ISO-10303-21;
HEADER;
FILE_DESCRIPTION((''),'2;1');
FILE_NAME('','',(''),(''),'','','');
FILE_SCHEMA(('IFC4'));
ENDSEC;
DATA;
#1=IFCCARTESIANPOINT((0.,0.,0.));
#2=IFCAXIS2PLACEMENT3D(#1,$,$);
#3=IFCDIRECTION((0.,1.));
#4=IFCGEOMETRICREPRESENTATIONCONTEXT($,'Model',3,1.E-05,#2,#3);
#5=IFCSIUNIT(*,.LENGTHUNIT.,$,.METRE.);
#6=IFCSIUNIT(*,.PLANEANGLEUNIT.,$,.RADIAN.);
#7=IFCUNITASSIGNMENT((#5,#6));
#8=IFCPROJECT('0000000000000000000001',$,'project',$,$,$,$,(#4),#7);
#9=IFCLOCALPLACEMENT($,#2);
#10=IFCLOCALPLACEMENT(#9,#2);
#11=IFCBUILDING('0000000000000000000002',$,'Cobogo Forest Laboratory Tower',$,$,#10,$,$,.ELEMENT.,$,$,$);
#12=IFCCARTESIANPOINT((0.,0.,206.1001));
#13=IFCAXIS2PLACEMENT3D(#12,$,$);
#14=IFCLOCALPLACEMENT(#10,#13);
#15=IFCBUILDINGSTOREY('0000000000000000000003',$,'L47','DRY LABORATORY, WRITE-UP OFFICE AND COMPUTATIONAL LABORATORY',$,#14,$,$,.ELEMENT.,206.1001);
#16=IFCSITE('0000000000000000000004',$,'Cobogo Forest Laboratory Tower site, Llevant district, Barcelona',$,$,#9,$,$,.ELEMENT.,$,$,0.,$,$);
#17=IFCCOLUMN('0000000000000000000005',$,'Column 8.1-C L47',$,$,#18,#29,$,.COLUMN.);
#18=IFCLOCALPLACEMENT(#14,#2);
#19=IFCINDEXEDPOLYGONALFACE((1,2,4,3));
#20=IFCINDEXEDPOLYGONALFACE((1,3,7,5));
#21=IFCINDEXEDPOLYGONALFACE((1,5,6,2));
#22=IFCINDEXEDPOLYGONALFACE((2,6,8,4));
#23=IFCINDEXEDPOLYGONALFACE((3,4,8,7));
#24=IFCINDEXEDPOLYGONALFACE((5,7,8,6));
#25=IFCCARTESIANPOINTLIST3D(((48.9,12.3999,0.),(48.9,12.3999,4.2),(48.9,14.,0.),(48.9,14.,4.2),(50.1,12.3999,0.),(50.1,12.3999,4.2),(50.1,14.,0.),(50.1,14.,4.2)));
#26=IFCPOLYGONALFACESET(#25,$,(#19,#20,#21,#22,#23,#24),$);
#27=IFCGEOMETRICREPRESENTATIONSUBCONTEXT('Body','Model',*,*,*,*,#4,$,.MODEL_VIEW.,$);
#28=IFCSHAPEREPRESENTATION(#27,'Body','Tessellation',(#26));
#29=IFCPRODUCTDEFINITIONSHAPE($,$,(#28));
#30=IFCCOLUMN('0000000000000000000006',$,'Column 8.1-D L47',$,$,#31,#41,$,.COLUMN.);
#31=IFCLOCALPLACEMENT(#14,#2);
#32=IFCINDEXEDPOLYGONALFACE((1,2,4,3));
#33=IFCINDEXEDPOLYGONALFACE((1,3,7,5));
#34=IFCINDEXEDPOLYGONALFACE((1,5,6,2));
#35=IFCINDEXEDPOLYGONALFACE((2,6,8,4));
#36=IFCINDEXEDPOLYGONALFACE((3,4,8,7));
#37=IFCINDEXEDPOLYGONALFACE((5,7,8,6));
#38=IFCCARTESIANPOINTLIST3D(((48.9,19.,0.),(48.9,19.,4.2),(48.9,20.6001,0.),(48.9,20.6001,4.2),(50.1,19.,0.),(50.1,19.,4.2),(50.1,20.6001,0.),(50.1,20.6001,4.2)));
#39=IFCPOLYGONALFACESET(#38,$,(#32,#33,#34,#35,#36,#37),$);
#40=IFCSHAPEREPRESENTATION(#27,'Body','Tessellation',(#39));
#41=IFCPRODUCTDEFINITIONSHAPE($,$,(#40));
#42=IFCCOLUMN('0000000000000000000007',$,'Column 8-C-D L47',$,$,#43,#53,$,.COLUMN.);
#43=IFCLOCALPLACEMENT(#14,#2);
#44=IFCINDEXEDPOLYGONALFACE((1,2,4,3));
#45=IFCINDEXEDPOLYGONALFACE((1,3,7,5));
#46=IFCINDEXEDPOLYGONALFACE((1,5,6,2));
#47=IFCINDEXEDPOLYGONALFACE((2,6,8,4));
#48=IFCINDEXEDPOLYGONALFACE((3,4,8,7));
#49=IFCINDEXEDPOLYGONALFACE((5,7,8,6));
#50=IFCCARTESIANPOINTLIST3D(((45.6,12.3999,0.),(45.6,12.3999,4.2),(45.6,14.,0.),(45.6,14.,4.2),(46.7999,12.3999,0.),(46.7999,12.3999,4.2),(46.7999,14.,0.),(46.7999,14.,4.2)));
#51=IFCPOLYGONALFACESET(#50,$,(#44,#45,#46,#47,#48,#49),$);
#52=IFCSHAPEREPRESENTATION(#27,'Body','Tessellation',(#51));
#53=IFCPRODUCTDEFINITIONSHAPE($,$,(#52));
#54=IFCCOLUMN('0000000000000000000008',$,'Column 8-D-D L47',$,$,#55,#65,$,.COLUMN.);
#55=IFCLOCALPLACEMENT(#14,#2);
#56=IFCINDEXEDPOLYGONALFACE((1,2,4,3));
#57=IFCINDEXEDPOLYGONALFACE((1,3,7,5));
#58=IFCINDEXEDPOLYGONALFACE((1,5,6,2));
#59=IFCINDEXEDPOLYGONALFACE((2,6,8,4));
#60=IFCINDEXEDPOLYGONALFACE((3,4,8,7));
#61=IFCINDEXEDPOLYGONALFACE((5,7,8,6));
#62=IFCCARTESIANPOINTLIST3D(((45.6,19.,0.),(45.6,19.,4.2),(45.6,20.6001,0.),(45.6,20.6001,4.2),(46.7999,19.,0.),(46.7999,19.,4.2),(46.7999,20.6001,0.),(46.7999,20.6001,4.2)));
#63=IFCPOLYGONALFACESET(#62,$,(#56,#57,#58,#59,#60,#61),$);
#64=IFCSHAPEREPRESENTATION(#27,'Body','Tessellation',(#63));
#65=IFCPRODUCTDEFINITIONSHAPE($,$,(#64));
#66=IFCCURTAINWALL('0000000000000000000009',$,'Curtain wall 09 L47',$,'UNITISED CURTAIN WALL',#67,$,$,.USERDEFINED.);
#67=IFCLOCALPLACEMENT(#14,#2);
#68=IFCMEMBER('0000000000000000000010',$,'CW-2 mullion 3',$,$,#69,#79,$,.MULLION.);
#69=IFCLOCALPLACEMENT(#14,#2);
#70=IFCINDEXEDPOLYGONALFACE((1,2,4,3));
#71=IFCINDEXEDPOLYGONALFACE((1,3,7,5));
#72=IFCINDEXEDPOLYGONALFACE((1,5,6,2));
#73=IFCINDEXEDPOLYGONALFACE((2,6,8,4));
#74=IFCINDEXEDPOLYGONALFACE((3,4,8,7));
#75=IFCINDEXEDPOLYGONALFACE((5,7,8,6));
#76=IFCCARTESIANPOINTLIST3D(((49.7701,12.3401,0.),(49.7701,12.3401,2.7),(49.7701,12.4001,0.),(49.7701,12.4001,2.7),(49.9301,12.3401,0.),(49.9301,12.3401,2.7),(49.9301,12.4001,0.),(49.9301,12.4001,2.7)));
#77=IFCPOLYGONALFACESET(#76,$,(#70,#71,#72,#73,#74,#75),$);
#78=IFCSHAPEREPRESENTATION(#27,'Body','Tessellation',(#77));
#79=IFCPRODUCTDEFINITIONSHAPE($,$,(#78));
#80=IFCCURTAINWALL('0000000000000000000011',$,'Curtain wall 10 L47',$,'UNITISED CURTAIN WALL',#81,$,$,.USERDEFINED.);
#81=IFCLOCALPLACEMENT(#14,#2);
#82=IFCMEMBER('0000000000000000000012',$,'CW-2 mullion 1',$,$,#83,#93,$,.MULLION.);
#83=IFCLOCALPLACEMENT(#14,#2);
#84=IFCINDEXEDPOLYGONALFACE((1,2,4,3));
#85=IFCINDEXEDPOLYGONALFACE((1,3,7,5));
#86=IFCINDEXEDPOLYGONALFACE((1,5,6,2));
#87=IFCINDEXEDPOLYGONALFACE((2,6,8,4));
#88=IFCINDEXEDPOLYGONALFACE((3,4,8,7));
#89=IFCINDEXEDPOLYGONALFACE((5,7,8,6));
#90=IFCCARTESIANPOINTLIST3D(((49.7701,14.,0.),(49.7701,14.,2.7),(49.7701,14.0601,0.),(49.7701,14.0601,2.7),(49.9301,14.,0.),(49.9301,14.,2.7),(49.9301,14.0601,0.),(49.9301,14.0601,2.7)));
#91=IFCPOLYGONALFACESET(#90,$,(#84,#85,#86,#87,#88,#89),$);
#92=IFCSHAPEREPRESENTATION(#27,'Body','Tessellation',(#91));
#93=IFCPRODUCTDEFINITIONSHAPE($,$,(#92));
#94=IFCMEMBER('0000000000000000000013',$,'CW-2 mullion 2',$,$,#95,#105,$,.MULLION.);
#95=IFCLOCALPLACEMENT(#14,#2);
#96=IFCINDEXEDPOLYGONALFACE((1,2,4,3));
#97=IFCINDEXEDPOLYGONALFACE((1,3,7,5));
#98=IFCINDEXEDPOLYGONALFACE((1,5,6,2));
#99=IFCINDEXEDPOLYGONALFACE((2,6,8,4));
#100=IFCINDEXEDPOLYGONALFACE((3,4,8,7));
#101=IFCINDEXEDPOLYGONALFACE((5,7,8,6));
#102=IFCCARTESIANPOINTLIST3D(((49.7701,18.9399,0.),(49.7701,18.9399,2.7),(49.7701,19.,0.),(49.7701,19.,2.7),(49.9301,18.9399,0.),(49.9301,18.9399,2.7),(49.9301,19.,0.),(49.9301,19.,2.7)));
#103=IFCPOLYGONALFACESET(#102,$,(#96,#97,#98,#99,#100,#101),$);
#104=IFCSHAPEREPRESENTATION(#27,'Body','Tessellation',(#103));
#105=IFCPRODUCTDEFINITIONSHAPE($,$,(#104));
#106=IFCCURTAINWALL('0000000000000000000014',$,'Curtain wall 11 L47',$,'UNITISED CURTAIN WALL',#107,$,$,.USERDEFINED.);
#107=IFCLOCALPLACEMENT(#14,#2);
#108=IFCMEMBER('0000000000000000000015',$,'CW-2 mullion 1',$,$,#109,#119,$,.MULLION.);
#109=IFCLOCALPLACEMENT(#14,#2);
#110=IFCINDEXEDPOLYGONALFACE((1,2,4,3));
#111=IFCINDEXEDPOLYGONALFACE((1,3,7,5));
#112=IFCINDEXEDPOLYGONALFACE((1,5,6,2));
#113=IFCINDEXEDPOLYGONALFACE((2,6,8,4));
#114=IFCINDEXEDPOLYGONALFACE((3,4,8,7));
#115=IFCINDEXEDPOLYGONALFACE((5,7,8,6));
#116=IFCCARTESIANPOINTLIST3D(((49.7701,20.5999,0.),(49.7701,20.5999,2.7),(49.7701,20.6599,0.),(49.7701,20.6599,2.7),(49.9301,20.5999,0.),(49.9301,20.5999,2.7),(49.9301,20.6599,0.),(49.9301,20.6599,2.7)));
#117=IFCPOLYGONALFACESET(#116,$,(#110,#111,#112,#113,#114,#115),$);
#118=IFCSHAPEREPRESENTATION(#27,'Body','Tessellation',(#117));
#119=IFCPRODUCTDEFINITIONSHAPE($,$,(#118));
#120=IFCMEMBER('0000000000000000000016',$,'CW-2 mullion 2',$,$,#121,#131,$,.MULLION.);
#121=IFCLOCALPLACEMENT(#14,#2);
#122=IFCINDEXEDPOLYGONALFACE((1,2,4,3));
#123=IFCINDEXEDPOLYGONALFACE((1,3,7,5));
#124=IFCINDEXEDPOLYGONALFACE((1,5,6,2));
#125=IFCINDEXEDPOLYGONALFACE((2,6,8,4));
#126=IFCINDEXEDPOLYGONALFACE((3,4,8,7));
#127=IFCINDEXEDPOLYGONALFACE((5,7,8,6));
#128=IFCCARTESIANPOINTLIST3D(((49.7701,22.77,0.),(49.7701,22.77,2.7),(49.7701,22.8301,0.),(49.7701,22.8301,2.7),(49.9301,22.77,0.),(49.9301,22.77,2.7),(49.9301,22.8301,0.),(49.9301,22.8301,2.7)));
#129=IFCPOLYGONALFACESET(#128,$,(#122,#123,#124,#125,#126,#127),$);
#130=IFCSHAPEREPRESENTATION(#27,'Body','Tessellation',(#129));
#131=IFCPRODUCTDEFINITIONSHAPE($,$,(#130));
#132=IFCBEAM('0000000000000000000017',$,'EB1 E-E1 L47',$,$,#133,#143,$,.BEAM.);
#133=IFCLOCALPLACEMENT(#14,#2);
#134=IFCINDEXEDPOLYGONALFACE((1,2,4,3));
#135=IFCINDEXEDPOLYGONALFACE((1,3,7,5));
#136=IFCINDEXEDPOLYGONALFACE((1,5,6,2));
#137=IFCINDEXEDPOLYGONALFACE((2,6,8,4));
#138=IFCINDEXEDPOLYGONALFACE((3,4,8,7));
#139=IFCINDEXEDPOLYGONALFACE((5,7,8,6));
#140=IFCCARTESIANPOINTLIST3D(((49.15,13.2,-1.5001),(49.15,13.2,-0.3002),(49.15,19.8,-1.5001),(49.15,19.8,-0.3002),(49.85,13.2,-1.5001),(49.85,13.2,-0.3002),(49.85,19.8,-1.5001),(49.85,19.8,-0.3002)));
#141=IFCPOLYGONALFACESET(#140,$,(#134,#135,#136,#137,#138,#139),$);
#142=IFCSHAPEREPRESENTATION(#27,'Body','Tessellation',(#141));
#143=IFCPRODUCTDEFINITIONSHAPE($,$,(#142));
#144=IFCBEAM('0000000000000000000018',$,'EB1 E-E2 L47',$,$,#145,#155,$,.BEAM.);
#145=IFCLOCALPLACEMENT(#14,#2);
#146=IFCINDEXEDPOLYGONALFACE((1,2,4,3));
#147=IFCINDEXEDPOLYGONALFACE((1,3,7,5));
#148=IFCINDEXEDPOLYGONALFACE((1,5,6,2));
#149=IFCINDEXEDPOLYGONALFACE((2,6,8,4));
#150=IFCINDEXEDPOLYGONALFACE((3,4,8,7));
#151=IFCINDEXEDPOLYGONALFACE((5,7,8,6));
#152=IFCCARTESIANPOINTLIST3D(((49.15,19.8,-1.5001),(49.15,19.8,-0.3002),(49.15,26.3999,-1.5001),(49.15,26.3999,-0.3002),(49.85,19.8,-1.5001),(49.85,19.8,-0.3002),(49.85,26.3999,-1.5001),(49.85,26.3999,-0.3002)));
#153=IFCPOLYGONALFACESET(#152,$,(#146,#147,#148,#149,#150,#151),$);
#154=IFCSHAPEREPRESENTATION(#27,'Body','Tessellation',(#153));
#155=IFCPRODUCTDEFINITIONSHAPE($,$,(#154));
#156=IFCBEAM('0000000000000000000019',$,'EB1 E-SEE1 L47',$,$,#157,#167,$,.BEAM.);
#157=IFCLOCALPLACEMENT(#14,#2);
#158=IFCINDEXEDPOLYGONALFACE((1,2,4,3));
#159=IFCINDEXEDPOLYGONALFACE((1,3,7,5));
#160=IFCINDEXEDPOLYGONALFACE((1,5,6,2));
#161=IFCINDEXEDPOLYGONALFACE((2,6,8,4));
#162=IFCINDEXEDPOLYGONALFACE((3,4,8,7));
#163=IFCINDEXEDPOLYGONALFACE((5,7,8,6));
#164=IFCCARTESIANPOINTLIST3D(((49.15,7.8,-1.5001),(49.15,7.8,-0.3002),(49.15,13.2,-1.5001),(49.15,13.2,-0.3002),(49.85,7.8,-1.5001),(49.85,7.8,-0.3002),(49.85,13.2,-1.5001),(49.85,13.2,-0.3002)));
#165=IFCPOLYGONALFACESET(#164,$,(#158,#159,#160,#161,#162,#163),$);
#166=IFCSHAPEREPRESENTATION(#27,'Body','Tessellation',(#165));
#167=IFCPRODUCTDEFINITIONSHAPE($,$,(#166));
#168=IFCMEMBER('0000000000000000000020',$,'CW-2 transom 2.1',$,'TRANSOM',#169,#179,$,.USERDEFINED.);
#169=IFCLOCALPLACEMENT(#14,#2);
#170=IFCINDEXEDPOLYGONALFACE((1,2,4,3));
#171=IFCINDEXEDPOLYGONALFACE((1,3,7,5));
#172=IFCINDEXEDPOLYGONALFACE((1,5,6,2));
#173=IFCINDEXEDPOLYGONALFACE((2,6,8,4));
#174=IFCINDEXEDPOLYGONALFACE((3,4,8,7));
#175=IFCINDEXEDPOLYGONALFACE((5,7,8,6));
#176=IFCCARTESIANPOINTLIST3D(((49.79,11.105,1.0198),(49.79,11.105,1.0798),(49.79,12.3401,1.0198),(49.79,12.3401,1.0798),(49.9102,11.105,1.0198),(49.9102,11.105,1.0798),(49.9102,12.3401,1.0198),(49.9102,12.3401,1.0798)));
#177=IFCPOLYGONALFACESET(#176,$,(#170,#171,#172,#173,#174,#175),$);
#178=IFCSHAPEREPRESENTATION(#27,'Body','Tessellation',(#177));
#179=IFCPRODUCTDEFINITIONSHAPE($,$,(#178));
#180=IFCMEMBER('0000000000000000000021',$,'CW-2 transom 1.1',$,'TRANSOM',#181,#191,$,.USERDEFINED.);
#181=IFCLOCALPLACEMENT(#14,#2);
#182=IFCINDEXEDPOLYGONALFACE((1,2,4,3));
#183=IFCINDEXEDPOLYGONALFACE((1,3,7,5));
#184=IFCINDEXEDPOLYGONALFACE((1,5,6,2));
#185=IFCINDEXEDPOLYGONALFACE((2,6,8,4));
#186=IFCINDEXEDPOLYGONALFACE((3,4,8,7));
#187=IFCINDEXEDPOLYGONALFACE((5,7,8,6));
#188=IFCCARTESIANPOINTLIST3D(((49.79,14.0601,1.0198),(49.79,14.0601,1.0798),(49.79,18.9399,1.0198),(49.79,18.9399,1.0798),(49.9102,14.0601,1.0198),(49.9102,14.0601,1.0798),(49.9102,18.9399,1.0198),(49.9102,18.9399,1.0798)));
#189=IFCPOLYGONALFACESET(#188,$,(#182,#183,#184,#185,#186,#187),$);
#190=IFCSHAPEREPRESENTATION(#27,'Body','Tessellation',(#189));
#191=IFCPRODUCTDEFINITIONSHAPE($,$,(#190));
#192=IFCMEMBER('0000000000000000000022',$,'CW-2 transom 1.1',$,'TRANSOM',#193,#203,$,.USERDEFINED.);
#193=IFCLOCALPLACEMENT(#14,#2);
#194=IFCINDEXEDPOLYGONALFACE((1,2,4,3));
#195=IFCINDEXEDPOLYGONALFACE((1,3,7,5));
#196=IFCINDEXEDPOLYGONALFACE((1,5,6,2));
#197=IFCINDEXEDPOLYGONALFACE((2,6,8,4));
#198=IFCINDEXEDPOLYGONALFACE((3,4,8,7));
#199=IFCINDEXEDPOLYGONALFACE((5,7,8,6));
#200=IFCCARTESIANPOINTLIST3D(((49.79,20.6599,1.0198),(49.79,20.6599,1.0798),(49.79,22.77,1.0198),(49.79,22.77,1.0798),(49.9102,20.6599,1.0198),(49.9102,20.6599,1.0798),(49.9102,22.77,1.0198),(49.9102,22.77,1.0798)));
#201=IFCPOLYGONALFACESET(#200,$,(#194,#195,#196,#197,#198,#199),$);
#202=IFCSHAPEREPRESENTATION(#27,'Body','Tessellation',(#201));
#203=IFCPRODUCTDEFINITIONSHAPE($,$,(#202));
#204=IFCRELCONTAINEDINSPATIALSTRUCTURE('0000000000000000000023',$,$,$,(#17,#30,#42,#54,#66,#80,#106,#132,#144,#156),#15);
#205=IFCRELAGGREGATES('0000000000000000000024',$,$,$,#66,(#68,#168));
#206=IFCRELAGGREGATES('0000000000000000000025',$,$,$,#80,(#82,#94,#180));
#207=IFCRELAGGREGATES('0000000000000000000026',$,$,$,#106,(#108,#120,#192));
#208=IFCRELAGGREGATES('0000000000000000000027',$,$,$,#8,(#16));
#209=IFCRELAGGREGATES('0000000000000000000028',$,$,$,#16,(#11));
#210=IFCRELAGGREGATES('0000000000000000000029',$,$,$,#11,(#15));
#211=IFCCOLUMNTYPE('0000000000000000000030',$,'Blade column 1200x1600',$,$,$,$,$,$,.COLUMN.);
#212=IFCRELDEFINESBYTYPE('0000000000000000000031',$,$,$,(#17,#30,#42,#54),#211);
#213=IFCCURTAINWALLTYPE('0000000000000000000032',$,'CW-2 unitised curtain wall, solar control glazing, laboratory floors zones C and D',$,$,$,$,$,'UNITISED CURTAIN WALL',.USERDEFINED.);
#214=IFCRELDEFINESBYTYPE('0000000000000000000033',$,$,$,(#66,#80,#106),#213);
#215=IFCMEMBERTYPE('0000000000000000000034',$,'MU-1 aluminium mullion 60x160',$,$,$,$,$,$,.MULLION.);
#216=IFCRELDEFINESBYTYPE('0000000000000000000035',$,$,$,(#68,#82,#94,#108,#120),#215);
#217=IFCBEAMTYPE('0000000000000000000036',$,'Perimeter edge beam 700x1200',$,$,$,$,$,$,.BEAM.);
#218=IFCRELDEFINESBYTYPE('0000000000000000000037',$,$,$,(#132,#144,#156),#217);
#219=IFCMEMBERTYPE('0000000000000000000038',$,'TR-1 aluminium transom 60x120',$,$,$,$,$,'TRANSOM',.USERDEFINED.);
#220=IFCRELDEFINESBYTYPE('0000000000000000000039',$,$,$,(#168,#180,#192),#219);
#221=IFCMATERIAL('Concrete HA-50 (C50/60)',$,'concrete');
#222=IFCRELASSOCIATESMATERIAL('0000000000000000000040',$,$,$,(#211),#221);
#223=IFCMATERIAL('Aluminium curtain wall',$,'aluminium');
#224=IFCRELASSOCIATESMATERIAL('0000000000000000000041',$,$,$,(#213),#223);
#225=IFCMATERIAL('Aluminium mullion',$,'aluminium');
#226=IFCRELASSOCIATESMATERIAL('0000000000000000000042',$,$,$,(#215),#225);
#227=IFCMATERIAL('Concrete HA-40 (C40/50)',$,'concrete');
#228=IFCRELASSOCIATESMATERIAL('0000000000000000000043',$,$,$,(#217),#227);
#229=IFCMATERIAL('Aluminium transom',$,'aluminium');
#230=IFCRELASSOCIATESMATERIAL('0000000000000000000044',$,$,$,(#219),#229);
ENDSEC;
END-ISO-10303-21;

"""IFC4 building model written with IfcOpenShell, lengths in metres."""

from ifc_helpers import new_model, si_unit, direction, frame, origin, origin_2d, place, context, subcontext, project, spatial, rectangle, extrude, material, material_profile, profile_set, type_object, element, aggregate, save


model = new_model("IFC4")

# Units and contexts
model_context = context("Model", 3, precision=1e-05, world=origin(), true_north=direction((0.0, 1.0)))
body_context = subcontext(model_context, "Body", "Model", "MODEL_VIEW")
ifc_project = project(units=[si_unit("LENGTHUNIT", "METRE"), si_unit("PLANEANGLEUNIT", "RADIAN")], contexts=[model_context])

# Site, building, storey
site_placement = place(None, origin())
site = spatial("IfcSite", under=ifc_project, at=site_placement, Name="Cobogo Forest Laboratory Tower site, Llevant district, Barcelona", CompositionType="ELEMENT", RefElevation=0.0)
building_placement = place(site_placement, origin())
building = spatial("IfcBuilding", under=site, at=building_placement, Name="Cobogo Forest Laboratory Tower", CompositionType="ELEMENT")
storey_placement = place(building_placement, frame((0.0, 0.0, 206.1001)))
storey = spatial("IfcBuildingStorey", under=building, at=storey_placement, Name="L47", Description="DRY LABORATORY, WRITE-UP OFFICE AND COMPUTATIONAL LABORATORY", CompositionType="ELEMENT", Elevation=206.1001)

# Columns
ifc_material_1 = material(Name="Concrete HA-50 (C50/60)", Category="concrete")
ifc_material_profile_1 = material_profile(ifc_material_1, rectangle(XDim=1.6001, YDim=1.2, at=origin_2d()), Name="RC 1200x1600")
ifc_profile_set_1 = profile_set([ifc_material_profile_1], Name="Concrete HA-50 (C50/60)")
column_type = type_object("IfcColumnType", Name="Blade column 1200x1600", PredefinedType="COLUMN", material=ifc_profile_set_1)
for number, where, z_axis, x_axis, name in (
    (1, (49.5, 13.2, 0.0), (0.0, 0.0, 1.0), (0.0, 1.0, 0.0), "Column 8.1-C L47"),
    (2, (49.5, 19.8, 0.0), (0.0, 0.0, 1.0), (0.0, 1.0, 0.0), "Column 8.1-D L47"),
    (3, (46.2, 13.2, 0.0), (0.0, 0.0, 1.0), (0.0, 1.0, 0.0), "Column 8-C-D L47"),
    (4, (46.2, 19.8, 0.0), (0.0, 0.0, 1.0), (0.0, 1.0, 0.0), "Column 8-D-D L47"),
):
    element("IfcColumn", number, at=place(storey_placement, frame(where, z_axis=z_axis, x_axis=x_axis)), inside=storey, type_object=column_type, Name=name, PredefinedType="COLUMN", context=body_context, shape_type="SweptSolid", body=[
        extrude(rectangle(XDim=1.6001, YDim=1.2, at=origin_2d()), origin(), (0.0, 0.0, 1.0), 4.2),
    ])

# Curtain wall, member
ifc_material_2 = material(Name="Aluminium curtain wall", Category="aluminium")
curtain_wall_type = type_object("IfcCurtainWallType", Name="CW-2 unitised curtain wall, solar control glazing, laboratory floors zones C and D", ElementType="UNITISED CURTAIN WALL", PredefinedType="USERDEFINED", material=ifc_material_2)
curtain_wall_1_placement = place(storey_placement, origin())
curtain_wall_1 = element("IfcCurtainWall", 5, at=curtain_wall_1_placement, inside=storey, type_object=curtain_wall_type, Name="Curtain wall 09 L47", ObjectType="UNITISED CURTAIN WALL", PredefinedType="USERDEFINED")
ifc_material_3 = material(Name="Aluminium mullion", Category="aluminium")
ifc_material_profile_2 = material_profile(ifc_material_3, rectangle(XDim=0.0601, YDim=0.1599, at=origin_2d()), Name="AL 60x160")
ifc_profile_set_2 = profile_set([ifc_material_profile_2], Name="Aluminium mullion")
member_type_1 = type_object("IfcMemberType", Name="MU-1 aluminium mullion 60x160", PredefinedType="MULLION", material=ifc_profile_set_2)
member_1_placement = place(storey_placement, frame((49.8501, 12.3701, 0.0), z_axis=(0.0, 0.0, 1.0), x_axis=(0.0, 1.0, 0.0)))
member_1 = element("IfcMember", 6, at=member_1_placement, type_object=member_type_1, Name="CW-2 mullion 3", PredefinedType="MULLION", context=body_context, shape_type="SweptSolid", body=[
    extrude(rectangle(XDim=0.0601, YDim=0.1599, at=origin_2d()), origin(), (0.0, 0.0, 1.0), 2.7),
])

# Curtain walls, members
curtain_wall_2_placement = place(storey_placement, origin())
curtain_wall_2 = element("IfcCurtainWall", 7, at=curtain_wall_2_placement, inside=storey, type_object=curtain_wall_type, Name="Curtain wall 10 L47", ObjectType="UNITISED CURTAIN WALL", PredefinedType="USERDEFINED")
member_2_placement = place(storey_placement, frame((49.8501, 14.03, 0.0), z_axis=(0.0, 0.0, 1.0), x_axis=(0.0, 1.0, 0.0)))
member_2 = element("IfcMember", 8, at=member_2_placement, type_object=member_type_1, Name="CW-2 mullion 1", PredefinedType="MULLION", context=body_context, shape_type="SweptSolid", body=[
    extrude(rectangle(XDim=0.0601, YDim=0.1599, at=origin_2d()), origin(), (0.0, 0.0, 1.0), 2.7),
])
member_3_placement = place(storey_placement, frame((49.8501, 18.97, 0.0), z_axis=(0.0, 0.0, 1.0), x_axis=(0.0, 1.0, 0.0)))
member_3 = element("IfcMember", 9, at=member_3_placement, type_object=member_type_1, Name="CW-2 mullion 2", PredefinedType="MULLION", context=body_context, shape_type="SweptSolid", body=[
    extrude(rectangle(XDim=0.0601, YDim=0.1599, at=origin_2d()), origin(), (0.0, 0.0, 1.0), 2.7),
])
curtain_wall_3_placement = place(storey_placement, origin())
curtain_wall_3 = element("IfcCurtainWall", 10, at=curtain_wall_3_placement, inside=storey, type_object=curtain_wall_type, Name="Curtain wall 11 L47", ObjectType="UNITISED CURTAIN WALL", PredefinedType="USERDEFINED")
member_4_placement = place(storey_placement, frame((49.8501, 20.6299, 0.0), z_axis=(0.0, 0.0, 1.0), x_axis=(0.0, 1.0, 0.0)))
member_4 = element("IfcMember", 11, at=member_4_placement, type_object=member_type_1, Name="CW-2 mullion 1", PredefinedType="MULLION", context=body_context, shape_type="SweptSolid", body=[
    extrude(rectangle(XDim=0.0601, YDim=0.1599, at=origin_2d()), origin(), (0.0, 0.0, 1.0), 2.7),
])
member_5_placement = place(storey_placement, frame((49.8501, 22.8, 0.0), z_axis=(0.0, 0.0, 1.0), x_axis=(0.0, 1.0, 0.0)))
member_5 = element("IfcMember", 12, at=member_5_placement, type_object=member_type_1, Name="CW-2 mullion 2", PredefinedType="MULLION", context=body_context, shape_type="SweptSolid", body=[
    extrude(rectangle(XDim=0.0601, YDim=0.1599, at=origin_2d()), origin(), (0.0, 0.0, 1.0), 2.7),
])

# Beams
ifc_material_4 = material(Name="Concrete HA-40 (C40/50)", Category="concrete")
ifc_material_profile_3 = material_profile(ifc_material_4, rectangle(XDim=0.7, YDim=1.2, at=origin_2d()), Name="RC 700x1200")
ifc_profile_set_3 = profile_set([ifc_material_profile_3], Name="Concrete HA-40 (C40/50)")
beam_type = type_object("IfcBeamType", Name="Perimeter edge beam 700x1200", PredefinedType="BEAM", material=ifc_profile_set_3)
beam_1_placement = place(storey_placement, frame((49.5, 13.2, -0.9001), z_axis=(0.0, 1.0, 0.0), x_axis=(-1.0, 0.0, 0.0)))
element("IfcBeam", 13, at=beam_1_placement, inside=storey, type_object=beam_type, Name="EB1 E-E1 L47", PredefinedType="BEAM", context=body_context, shape_type="SweptSolid", body=[
    extrude(rectangle(XDim=0.7, YDim=1.2, at=origin_2d()), origin(), (0.0, 0.0, 1.0), 6.6001),
])
beam_2_placement = place(storey_placement, frame((49.5, 19.8, -0.9001), z_axis=(0.0, 1.0, 0.0), x_axis=(-1.0, 0.0, 0.0)))
element("IfcBeam", 14, at=beam_2_placement, inside=storey, type_object=beam_type, Name="EB1 E-E2 L47", PredefinedType="BEAM", context=body_context, shape_type="SweptSolid", body=[
    extrude(rectangle(XDim=0.7, YDim=1.2, at=origin_2d()), origin(), (0.0, 0.0, 1.0), 6.5999),
])
beam_3_placement = place(storey_placement, frame((49.5, 13.2, -0.9001), z_axis=(0.0, -1.0, 0.0), x_axis=(1.0, 0.0, 0.0)))
element("IfcBeam", 15, at=beam_3_placement, inside=storey, type_object=beam_type, Name="EB1 E-SEE1 L47", PredefinedType="BEAM", context=body_context, shape_type="SweptSolid", body=[
    extrude(rectangle(XDim=0.7, YDim=1.2, at=origin_2d()), origin(), (0.0, 0.0, 1.0), 5.3999),
])

# Members
ifc_material_5 = material(Name="Aluminium transom", Category="aluminium")
ifc_material_profile_4 = material_profile(ifc_material_5, rectangle(XDim=0.1201, YDim=0.0601, at=origin_2d()), Name="AL 60x120")
ifc_profile_set_4 = profile_set([ifc_material_profile_4], Name="Aluminium transom")
member_type_2 = type_object("IfcMemberType", Name="TR-1 aluminium transom 60x120", ElementType="TRANSOM", PredefinedType="USERDEFINED", material=ifc_profile_set_4)
member_6_placement = place(storey_placement, frame((49.8501, 11.105, 1.0498), z_axis=(0.0, 1.0, 0.0), x_axis=(-1.0, 0.0, 0.0)))
member_6 = element("IfcMember", 16, at=member_6_placement, type_object=member_type_2, Name="CW-2 transom 2.1", ObjectType="TRANSOM", PredefinedType="USERDEFINED", context=body_context, shape_type="SweptSolid", body=[
    extrude(rectangle(XDim=0.1201, YDim=0.0601, at=origin_2d()), origin(), (0.0, 0.0, 1.0), 1.2351),
])
member_7_placement = place(storey_placement, frame((49.8501, 14.0601, 1.0498), z_axis=(0.0, 1.0, 0.0), x_axis=(-1.0, 0.0, 0.0)))
member_7 = element("IfcMember", 17, at=member_7_placement, type_object=member_type_2, Name="CW-2 transom 1.1", ObjectType="TRANSOM", PredefinedType="USERDEFINED", context=body_context, shape_type="SweptSolid", body=[
    extrude(rectangle(XDim=0.1201, YDim=0.0601, at=origin_2d()), origin(), (0.0, 0.0, 1.0), 4.8799),
])
member_8_placement = place(storey_placement, frame((49.8501, 20.6599, 1.0498), z_axis=(0.0, 1.0, 0.0), x_axis=(-1.0, 0.0, 0.0)))
member_8 = element("IfcMember", 18, at=member_8_placement, type_object=member_type_2, Name="CW-2 transom 1.1", ObjectType="TRANSOM", PredefinedType="USERDEFINED", context=body_context, shape_type="SweptSolid", body=[
    extrude(rectangle(XDim=0.1201, YDim=0.0601, at=origin_2d()), origin(), (0.0, 0.0, 1.0), 2.1101),
])

aggregate(curtain_wall_1, [member_1, member_6])
aggregate(curtain_wall_2, [member_2, member_3, member_7])
aggregate(curtain_wall_3, [member_4, member_5, member_8])

save(model, "model.ifc")
